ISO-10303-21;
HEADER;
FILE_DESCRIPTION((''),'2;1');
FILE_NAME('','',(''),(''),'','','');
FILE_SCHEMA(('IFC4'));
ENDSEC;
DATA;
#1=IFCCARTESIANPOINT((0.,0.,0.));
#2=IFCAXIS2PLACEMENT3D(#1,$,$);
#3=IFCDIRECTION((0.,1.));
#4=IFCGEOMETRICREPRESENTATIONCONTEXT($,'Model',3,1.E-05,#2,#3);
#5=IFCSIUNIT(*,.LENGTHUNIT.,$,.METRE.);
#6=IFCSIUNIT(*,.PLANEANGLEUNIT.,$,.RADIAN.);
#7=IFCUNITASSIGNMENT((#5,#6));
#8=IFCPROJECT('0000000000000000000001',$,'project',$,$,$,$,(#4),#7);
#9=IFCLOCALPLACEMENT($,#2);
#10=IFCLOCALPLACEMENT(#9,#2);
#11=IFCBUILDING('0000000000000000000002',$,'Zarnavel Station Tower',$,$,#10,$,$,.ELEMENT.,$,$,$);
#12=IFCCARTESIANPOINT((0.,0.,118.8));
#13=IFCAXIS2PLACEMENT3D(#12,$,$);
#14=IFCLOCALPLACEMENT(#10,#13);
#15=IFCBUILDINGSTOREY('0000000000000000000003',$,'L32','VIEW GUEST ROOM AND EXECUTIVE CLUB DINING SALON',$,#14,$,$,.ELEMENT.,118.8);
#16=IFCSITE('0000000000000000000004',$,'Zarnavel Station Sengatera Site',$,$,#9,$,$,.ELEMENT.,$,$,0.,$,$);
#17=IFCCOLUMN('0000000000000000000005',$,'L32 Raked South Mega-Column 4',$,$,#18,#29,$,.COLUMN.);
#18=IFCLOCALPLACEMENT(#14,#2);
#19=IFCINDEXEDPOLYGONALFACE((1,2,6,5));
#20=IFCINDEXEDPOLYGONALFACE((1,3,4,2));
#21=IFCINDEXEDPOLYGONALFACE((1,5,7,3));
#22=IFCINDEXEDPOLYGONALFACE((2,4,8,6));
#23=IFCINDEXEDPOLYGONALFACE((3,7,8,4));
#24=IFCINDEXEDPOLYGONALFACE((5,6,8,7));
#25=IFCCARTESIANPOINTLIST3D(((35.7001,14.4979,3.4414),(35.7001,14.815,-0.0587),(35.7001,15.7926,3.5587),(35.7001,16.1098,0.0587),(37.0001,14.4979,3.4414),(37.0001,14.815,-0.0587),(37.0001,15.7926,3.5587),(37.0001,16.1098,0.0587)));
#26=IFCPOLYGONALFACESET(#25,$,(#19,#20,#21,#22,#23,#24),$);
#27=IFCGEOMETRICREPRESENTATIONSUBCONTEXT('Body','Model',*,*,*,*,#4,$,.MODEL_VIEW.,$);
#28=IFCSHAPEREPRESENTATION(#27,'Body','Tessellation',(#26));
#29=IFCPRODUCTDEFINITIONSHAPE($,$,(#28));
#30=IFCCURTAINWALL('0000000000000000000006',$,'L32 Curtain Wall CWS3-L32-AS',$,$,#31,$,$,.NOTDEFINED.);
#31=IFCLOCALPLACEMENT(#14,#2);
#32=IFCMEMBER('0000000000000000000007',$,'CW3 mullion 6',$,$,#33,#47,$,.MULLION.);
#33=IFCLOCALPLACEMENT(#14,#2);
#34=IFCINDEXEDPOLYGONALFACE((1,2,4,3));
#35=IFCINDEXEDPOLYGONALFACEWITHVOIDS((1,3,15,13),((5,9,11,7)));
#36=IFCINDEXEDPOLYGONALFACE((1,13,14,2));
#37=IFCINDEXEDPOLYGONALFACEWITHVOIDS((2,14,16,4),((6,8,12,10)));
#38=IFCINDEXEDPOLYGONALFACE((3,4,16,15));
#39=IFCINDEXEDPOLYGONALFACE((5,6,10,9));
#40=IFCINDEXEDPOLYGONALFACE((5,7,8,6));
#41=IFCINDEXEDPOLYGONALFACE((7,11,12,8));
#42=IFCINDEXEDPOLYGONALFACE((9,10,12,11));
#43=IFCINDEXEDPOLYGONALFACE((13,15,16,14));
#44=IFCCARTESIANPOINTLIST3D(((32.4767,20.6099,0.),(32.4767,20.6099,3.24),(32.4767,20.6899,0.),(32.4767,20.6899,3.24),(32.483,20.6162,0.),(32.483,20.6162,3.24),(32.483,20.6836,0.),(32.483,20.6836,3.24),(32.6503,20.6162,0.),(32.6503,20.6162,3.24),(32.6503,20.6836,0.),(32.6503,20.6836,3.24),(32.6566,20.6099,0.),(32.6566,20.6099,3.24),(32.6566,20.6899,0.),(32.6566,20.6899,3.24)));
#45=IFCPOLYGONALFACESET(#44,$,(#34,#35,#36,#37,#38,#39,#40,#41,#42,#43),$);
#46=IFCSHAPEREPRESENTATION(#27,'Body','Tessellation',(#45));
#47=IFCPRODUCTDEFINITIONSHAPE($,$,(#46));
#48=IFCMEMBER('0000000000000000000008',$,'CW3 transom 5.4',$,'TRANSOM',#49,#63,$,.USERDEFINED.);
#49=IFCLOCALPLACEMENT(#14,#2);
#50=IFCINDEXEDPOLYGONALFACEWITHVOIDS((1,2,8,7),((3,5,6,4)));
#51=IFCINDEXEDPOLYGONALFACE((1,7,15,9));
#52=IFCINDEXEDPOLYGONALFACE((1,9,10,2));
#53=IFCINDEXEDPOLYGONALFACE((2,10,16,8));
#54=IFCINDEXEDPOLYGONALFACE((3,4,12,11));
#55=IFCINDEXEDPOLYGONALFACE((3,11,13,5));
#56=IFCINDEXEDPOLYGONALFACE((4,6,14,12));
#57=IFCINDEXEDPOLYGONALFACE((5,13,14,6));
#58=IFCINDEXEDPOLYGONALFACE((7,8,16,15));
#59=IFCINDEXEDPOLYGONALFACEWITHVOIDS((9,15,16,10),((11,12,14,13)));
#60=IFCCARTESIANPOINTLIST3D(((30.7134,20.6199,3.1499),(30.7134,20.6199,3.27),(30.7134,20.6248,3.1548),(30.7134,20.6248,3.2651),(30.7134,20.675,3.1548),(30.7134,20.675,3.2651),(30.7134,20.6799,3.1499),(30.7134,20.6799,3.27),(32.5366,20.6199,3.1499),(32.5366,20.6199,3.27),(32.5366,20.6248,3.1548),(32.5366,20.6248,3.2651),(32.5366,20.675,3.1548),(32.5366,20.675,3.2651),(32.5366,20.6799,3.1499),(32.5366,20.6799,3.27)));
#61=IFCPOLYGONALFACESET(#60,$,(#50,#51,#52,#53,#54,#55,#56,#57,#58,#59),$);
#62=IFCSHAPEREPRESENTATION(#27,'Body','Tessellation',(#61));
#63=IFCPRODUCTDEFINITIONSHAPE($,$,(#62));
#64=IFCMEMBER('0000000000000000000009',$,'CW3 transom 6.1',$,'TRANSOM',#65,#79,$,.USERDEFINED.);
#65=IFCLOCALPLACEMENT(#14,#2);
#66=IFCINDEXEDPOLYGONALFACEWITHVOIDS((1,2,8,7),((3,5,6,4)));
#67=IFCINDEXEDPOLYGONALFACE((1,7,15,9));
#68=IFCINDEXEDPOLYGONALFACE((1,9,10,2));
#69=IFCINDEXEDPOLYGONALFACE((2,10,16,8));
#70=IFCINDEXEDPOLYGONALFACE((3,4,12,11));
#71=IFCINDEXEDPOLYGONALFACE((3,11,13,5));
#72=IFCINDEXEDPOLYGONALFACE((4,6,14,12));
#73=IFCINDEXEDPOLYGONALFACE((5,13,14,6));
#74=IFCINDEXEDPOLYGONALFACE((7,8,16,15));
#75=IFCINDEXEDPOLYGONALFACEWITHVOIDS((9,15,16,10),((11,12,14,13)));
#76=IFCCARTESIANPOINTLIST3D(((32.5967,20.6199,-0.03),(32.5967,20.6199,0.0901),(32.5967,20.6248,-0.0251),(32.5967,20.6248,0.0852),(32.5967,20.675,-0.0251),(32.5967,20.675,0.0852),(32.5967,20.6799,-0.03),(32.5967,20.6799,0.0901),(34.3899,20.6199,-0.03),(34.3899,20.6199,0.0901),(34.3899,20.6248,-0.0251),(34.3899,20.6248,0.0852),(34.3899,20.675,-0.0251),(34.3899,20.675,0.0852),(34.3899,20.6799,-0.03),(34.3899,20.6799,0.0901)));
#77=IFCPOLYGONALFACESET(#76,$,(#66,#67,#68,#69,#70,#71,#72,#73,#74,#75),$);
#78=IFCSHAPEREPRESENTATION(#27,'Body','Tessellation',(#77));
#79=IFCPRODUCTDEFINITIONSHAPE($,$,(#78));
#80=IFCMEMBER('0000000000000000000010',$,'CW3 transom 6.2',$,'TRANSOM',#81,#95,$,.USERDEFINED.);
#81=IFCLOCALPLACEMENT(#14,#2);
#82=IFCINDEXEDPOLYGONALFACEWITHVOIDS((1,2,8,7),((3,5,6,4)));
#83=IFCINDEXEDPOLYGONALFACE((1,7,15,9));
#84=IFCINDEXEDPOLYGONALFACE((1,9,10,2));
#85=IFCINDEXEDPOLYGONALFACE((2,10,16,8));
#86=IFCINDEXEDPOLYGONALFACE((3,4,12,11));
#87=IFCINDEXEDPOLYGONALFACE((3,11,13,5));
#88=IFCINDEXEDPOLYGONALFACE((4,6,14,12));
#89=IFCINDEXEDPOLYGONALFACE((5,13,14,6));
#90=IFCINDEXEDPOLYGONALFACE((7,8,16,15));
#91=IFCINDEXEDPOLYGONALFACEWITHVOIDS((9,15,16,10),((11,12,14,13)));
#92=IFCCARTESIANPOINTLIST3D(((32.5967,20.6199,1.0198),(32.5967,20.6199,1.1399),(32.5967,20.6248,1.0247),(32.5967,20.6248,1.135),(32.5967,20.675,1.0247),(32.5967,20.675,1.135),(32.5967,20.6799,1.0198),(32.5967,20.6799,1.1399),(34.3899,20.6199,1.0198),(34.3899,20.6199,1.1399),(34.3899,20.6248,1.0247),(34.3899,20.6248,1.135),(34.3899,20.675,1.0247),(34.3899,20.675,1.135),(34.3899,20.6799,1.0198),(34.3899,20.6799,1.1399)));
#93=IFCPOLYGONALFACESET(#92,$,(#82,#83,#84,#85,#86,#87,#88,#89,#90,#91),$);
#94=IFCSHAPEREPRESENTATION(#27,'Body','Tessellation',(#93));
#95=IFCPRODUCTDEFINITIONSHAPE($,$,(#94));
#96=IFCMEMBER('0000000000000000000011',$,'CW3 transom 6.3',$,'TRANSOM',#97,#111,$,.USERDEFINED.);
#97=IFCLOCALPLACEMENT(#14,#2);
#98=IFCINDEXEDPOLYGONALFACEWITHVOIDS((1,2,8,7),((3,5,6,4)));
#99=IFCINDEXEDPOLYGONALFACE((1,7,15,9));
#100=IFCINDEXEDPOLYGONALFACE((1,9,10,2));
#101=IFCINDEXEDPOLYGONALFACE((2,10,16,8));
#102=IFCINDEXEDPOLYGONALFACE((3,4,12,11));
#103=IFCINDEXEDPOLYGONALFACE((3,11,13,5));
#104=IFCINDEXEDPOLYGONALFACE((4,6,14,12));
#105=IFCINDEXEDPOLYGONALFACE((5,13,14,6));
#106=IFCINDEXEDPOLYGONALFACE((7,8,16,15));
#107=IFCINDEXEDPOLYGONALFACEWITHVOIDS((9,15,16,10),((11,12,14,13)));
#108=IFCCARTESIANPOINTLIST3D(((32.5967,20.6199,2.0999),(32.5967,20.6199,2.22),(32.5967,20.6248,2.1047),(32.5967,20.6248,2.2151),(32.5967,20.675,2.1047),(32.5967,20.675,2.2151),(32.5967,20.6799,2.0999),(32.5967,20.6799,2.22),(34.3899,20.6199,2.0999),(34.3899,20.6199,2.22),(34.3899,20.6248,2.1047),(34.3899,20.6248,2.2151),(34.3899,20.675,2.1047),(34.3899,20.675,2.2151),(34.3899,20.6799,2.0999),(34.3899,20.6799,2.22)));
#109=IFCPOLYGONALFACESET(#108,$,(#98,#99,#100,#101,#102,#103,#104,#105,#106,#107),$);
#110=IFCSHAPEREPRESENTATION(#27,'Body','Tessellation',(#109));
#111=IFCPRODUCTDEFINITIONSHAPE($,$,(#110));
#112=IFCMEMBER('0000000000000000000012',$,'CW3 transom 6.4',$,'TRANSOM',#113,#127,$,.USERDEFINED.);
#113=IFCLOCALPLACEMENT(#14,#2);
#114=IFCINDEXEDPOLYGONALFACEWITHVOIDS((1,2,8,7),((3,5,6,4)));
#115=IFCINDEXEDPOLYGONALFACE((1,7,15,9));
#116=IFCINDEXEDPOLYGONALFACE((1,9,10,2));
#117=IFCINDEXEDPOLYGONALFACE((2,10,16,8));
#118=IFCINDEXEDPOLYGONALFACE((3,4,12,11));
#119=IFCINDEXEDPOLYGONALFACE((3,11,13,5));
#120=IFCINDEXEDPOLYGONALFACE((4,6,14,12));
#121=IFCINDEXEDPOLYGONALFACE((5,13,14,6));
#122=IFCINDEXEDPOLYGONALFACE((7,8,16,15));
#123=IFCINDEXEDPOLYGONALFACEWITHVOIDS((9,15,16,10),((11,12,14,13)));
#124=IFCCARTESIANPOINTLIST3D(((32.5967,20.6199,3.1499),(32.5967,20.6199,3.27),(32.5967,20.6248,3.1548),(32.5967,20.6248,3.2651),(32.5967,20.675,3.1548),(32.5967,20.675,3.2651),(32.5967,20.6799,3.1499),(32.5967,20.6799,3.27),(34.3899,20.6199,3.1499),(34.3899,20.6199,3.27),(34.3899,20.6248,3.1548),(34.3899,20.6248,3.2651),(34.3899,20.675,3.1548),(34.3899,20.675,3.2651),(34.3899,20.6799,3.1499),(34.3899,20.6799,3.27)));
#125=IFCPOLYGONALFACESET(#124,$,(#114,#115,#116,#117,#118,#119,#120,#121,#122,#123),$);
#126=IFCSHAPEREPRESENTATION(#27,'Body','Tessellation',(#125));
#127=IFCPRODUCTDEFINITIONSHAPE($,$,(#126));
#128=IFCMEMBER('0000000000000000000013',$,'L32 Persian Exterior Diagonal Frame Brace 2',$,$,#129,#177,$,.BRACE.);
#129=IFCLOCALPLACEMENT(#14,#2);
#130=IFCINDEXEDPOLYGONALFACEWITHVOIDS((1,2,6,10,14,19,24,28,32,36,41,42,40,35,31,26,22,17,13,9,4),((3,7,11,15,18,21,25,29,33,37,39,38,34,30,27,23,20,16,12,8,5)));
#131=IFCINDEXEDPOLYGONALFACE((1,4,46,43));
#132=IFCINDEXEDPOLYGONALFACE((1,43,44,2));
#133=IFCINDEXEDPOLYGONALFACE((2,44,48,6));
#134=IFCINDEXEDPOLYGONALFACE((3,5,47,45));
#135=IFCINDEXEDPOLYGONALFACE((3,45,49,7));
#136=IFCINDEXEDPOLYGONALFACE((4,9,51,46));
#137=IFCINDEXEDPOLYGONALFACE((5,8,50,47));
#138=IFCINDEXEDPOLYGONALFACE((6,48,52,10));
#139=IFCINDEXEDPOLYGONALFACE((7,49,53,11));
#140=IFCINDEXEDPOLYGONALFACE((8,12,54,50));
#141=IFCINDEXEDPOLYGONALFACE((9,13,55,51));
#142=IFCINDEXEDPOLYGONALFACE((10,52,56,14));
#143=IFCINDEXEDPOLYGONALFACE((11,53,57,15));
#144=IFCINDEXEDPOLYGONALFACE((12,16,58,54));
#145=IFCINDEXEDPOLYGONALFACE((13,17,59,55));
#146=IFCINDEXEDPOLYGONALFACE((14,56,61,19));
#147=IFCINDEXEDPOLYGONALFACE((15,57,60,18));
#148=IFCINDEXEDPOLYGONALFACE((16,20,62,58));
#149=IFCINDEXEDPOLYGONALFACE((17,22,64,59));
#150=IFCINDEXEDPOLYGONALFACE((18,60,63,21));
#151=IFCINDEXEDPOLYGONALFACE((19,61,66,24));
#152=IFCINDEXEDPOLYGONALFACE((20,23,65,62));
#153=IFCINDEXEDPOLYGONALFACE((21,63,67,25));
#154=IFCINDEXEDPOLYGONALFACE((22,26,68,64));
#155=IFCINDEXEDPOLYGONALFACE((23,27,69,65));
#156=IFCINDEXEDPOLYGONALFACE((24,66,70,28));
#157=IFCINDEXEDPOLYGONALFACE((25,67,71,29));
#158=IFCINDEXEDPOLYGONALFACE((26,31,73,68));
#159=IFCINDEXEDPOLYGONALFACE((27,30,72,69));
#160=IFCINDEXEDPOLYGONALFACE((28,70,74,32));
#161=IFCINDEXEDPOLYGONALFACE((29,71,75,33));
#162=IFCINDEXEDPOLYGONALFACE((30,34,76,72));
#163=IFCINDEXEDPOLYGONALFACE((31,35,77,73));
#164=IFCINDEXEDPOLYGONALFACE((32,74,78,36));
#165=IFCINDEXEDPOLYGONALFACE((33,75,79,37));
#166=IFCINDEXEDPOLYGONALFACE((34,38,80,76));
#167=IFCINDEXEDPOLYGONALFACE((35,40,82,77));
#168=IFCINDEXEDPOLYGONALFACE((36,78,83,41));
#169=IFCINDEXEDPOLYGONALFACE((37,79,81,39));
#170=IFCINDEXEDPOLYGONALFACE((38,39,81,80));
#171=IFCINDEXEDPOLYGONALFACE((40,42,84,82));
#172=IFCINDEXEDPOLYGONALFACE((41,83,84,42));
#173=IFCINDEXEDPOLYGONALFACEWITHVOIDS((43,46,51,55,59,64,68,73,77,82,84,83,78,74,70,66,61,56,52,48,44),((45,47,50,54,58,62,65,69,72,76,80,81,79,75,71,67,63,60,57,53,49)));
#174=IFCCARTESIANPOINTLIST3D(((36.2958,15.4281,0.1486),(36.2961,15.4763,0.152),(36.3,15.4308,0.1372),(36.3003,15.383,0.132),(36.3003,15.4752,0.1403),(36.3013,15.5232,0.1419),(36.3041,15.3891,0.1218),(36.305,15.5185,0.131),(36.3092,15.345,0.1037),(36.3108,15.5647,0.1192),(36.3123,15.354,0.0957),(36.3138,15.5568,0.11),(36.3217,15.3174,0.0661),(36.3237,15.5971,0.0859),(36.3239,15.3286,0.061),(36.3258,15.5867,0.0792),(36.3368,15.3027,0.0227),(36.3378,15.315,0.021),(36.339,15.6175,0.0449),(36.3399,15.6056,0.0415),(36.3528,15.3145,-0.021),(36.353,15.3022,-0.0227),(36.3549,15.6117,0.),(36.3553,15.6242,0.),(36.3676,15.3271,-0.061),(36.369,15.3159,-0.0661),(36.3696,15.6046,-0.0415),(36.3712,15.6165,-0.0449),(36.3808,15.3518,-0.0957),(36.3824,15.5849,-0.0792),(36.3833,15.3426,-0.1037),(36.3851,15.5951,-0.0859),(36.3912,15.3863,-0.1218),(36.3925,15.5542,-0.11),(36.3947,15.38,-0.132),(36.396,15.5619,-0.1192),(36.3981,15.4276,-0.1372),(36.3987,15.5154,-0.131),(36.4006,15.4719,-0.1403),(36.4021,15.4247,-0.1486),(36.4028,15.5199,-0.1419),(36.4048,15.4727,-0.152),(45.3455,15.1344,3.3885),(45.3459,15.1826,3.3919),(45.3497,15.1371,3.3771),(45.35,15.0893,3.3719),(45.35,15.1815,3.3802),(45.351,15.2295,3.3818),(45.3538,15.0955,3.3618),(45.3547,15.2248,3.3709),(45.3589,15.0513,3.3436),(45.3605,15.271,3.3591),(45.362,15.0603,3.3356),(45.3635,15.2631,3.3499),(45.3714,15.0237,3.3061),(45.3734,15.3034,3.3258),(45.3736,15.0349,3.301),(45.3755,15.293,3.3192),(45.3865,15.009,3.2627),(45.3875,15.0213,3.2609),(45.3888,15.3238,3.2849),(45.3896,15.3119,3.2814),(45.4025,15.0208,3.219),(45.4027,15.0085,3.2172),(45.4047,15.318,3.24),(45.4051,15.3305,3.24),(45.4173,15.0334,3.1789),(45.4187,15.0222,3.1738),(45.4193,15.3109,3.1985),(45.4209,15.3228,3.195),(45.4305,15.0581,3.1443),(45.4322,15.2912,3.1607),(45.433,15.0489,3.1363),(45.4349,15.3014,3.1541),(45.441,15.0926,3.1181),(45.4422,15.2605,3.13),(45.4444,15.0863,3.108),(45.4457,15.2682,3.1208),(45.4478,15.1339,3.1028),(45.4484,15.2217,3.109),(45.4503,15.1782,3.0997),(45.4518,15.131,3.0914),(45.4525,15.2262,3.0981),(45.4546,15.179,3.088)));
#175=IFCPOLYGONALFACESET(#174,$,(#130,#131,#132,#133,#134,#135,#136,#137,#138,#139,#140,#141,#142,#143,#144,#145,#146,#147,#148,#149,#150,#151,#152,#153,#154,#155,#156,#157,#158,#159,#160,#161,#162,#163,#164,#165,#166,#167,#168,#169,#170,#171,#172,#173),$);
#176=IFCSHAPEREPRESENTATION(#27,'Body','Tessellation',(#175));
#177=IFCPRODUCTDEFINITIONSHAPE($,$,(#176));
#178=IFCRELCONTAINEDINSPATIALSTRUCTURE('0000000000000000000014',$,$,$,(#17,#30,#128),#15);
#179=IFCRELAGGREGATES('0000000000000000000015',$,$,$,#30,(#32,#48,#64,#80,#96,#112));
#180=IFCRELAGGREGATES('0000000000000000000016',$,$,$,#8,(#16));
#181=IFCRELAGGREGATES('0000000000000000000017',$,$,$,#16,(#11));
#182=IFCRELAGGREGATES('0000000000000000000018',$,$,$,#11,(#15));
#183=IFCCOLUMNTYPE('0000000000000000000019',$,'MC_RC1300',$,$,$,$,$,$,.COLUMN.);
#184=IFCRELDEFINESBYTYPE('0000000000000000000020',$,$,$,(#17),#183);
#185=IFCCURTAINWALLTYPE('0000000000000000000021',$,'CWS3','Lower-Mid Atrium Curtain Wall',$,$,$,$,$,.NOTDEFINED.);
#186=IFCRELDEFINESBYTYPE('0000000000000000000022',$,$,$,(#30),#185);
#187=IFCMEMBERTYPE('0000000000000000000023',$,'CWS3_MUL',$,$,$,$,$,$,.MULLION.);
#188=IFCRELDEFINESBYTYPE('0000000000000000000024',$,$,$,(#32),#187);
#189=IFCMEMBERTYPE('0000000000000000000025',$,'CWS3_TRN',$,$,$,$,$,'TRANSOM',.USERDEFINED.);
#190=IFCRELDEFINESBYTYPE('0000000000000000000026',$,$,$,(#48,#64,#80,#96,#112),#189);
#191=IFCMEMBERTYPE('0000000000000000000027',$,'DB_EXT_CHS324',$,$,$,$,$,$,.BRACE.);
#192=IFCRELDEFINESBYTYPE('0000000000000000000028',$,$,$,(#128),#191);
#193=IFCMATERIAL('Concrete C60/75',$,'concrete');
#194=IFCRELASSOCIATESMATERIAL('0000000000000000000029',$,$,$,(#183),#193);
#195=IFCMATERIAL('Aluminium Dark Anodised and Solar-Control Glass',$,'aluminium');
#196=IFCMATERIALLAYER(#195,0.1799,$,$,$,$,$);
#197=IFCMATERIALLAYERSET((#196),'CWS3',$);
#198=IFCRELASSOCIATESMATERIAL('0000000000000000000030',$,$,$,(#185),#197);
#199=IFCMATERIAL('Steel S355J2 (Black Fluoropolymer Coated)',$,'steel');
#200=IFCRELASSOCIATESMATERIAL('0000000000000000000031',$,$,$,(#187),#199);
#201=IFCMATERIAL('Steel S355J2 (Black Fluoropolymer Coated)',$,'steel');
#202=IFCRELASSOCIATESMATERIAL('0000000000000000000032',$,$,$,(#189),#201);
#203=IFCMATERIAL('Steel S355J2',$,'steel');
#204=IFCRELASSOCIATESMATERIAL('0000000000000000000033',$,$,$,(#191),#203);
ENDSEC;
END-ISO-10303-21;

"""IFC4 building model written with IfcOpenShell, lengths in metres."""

from ifc_helpers import new_model, si_unit, direction, frame, origin, origin_2d, place, context, subcontext, project, spatial, rectangle, hollow_rectangle, hollow_circle, extrude, material, layer, layer_set, material_profile, profile_set, type_object, element, aggregate, save


model = new_model("IFC4")

# Units and contexts
model_context = context("Model", 3, precision=1e-05, world=origin(), true_north=direction((0.0, 1.0)))
body_context = subcontext(model_context, "Body", "Model", "MODEL_VIEW")
ifc_project = project(units=[si_unit("LENGTHUNIT", "METRE"), si_unit("PLANEANGLEUNIT", "RADIAN")], contexts=[model_context])

# Site, building, storey
site_placement = place(None, origin())
site = spatial("IfcSite", under=ifc_project, at=site_placement, Name="Zarnavel Station Sengatera Site", CompositionType="ELEMENT", RefElevation=0.0)
building_placement = place(site_placement, origin())
building = spatial("IfcBuilding", under=site, at=building_placement, Name="Zarnavel Station Tower", CompositionType="ELEMENT")
storey_placement = place(building_placement, frame((0.0, 0.0, 118.8)))
storey = spatial("IfcBuildingStorey", under=building, at=storey_placement, Name="L32", Description="VIEW GUEST ROOM AND EXECUTIVE CLUB DINING SALON", CompositionType="ELEMENT", Elevation=118.8)

# Column
ifc_material_1 = material(Name="Concrete C60/75", Category="concrete")
ifc_material_profile_1 = material_profile(ifc_material_1, rectangle(XDim=1.3, YDim=1.3, at=origin_2d()), Name="RC1300x1300")
ifc_profile_set_1 = profile_set([ifc_material_profile_1], Name="Concrete C60/75")
column_type = type_object("IfcColumnType", Name="MC_RC1300", PredefinedType="COLUMN", material=ifc_profile_set_1)
column_placement = place(storey_placement, frame((36.3501, 15.4624, 0.0), z_axis=(0.0, -0.090241, 0.99592), x_axis=(1.0, 0.0, 0.0)))
element("IfcColumn", 1, at=column_placement, inside=storey, type_object=column_type, Name="L32 Raked South Mega-Column 4", PredefinedType="COLUMN", context=body_context, shape_type="SweptSolid", body=[
    extrude(rectangle(XDim=1.3, YDim=1.3, at=origin_2d()), origin(), (0.0, 0.0, 1.0), 3.5144),
])

# Curtain wall, members
ifc_material_2 = material(Name="Aluminium Dark Anodised and Solar-Control Glass", Category="aluminium")
ifc_layer_1 = layer(ifc_material_2, 0.1799)
ifc_layer_set_1 = layer_set([ifc_layer_1], Name="CWS3")
curtain_wall_type = type_object("IfcCurtainWallType", Name="CWS3", Description="Lower-Mid Atrium Curtain Wall", PredefinedType="NOTDEFINED", material=ifc_layer_set_1)
curtain_wall_placement = place(storey_placement, origin())
curtain_wall = element("IfcCurtainWall", 2, at=curtain_wall_placement, inside=storey, type_object=curtain_wall_type, Name="L32 Curtain Wall CWS3-L32-AS", PredefinedType="NOTDEFINED")
ifc_material_3 = material(Name="Steel S355J2 (Black Fluoropolymer Coated)", Category="steel")
ifc_material_profile_2 = material_profile(ifc_material_3, hollow_rectangle(XDim=0.0801, YDim=0.1799, WallThickness=0.0063, at=origin_2d()), Name="RHS180x80x6.3")
ifc_profile_set_2 = profile_set([ifc_material_profile_2], Name="Steel S355J2 (Black Fluoropolymer Coated)")
member_type_1 = type_object("IfcMemberType", Name="CWS3_MUL", PredefinedType="MULLION", material=ifc_profile_set_2)
member_1_placement = place(storey_placement, frame((32.5667, 20.6499, 0.0), z_axis=(0.0, 0.0, 1.0), x_axis=(0.0, 1.0, 0.0)))
member_1 = element("IfcMember", 3, at=member_1_placement, type_object=member_type_1, Name="CW3 mullion 6", PredefinedType="MULLION", context=body_context, shape_type="SweptSolid", body=[
    extrude(hollow_rectangle(XDim=0.0801, YDim=0.1799, WallThickness=0.0063, at=origin_2d()), origin(), (0.0, 0.0, 1.0), 3.24),
])
ifc_material_4 = material(Name="Steel S355J2 (Black Fluoropolymer Coated)", Category="steel")
ifc_material_profile_3 = material_profile(ifc_material_4, hollow_rectangle(XDim=0.0601, YDim=0.1201, WallThickness=0.0049, at=origin_2d()), Name="RHS120x60x5")
ifc_profile_set_3 = profile_set([ifc_material_profile_3], Name="Steel S355J2 (Black Fluoropolymer Coated)")
member_type_2 = type_object("IfcMemberType", Name="CWS3_TRN", ElementType="TRANSOM", PredefinedType="USERDEFINED", material=ifc_profile_set_3)
member_2_placement = place(storey_placement, frame((30.7134, 20.6499, 3.21), z_axis=(1.0, 0.0, 0.0), x_axis=(0.0, 1.0, 0.0)))
member_2 = element("IfcMember", 4, at=member_2_placement, type_object=member_type_2, Name="CW3 transom 5.4", ObjectType="TRANSOM", PredefinedType="USERDEFINED", context=body_context, shape_type="SweptSolid", body=[
    extrude(hollow_rectangle(XDim=0.0601, YDim=0.1201, WallThickness=0.0049, at=origin_2d()), origin(), (0.0, 0.0, 1.0), 1.8232),
])
member_3_placement = place(storey_placement, frame((32.5967, 20.6499, 0.03), z_axis=(1.0, 0.0, 0.0), x_axis=(0.0, 1.0, 0.0)))
member_3 = element("IfcMember", 5, at=member_3_placement, type_object=member_type_2, Name="CW3 transom 6.1", ObjectType="TRANSOM", PredefinedType="USERDEFINED", context=body_context, shape_type="SweptSolid", body=[
    extrude(hollow_rectangle(XDim=0.0601, YDim=0.1201, WallThickness=0.0049, at=origin_2d()), origin(), (0.0, 0.0, 1.0), 1.7932),
])
member_4_placement = place(storey_placement, frame((32.5967, 20.6499, 1.0798), z_axis=(1.0, 0.0, 0.0), x_axis=(0.0, 1.0, 0.0)))
member_4 = element("IfcMember", 6, at=member_4_placement, type_object=member_type_2, Name="CW3 transom 6.2", ObjectType="TRANSOM", PredefinedType="USERDEFINED", context=body_context, shape_type="SweptSolid", body=[
    extrude(hollow_rectangle(XDim=0.0601, YDim=0.1201, WallThickness=0.0049, at=origin_2d()), origin(), (0.0, 0.0, 1.0), 1.7932),
])
member_5_placement = place(storey_placement, frame((32.5967, 20.6499, 2.1599), z_axis=(1.0, 0.0, 0.0), x_axis=(0.0, 1.0, 0.0)))
member_5 = element("IfcMember", 7, at=member_5_placement, type_object=member_type_2, Name="CW3 transom 6.3", ObjectType="TRANSOM", PredefinedType="USERDEFINED", context=body_context, shape_type="SweptSolid", body=[
    extrude(hollow_rectangle(XDim=0.0601, YDim=0.1201, WallThickness=0.0049, at=origin_2d()), origin(), (0.0, 0.0, 1.0), 1.7932),
])
member_6_placement = place(storey_placement, frame((32.5967, 20.6499, 3.21), z_axis=(1.0, 0.0, 0.0), x_axis=(0.0, 1.0, 0.0)))
member_6 = element("IfcMember", 8, at=member_6_placement, type_object=member_type_2, Name="CW3 transom 6.4", ObjectType="TRANSOM", PredefinedType="USERDEFINED", context=body_context, shape_type="SweptSolid", body=[
    extrude(hollow_rectangle(XDim=0.0601, YDim=0.1201, WallThickness=0.0049, at=origin_2d()), origin(), (0.0, 0.0, 1.0), 1.7932),
])

# Member
ifc_material_5 = material(Name="Steel S355J2", Category="steel")
ifc_material_profile_4 = material_profile(ifc_material_5, hollow_circle(Radius=0.1619, WallThickness=0.0125, at=origin_2d()), Name="CHS323.9x12.5")
ifc_profile_set_4 = profile_set([ifc_material_profile_4], Name="Steel S355J2")
member_type_3 = type_object("IfcMemberType", Name="DB_EXT_CHS324", PredefinedType="BRACE", material=ifc_profile_set_4)
member_7_placement = place(storey_placement, frame((36.3501, 15.4624, 0.0), z_axis=(0.941042, -0.03054, 0.33691), x_axis=(0.032437, 0.999474, 0.0)))
element("IfcMember", 9, at=member_7_placement, inside=storey, type_object=member_type_3, Name="L32 Persian Exterior Diagonal Frame Brace 2", PredefinedType="BRACE", context=body_context, shape_type="SweptSolid", body=[
    extrude(hollow_circle(Radius=0.1619, WallThickness=0.0125, at=origin_2d()), origin(), (0.0, 0.0, 1.0), 9.6167),
])

aggregate(curtain_wall, [member_1, member_2, member_3, member_4, member_5, member_6])

save(model, "model.ifc")
